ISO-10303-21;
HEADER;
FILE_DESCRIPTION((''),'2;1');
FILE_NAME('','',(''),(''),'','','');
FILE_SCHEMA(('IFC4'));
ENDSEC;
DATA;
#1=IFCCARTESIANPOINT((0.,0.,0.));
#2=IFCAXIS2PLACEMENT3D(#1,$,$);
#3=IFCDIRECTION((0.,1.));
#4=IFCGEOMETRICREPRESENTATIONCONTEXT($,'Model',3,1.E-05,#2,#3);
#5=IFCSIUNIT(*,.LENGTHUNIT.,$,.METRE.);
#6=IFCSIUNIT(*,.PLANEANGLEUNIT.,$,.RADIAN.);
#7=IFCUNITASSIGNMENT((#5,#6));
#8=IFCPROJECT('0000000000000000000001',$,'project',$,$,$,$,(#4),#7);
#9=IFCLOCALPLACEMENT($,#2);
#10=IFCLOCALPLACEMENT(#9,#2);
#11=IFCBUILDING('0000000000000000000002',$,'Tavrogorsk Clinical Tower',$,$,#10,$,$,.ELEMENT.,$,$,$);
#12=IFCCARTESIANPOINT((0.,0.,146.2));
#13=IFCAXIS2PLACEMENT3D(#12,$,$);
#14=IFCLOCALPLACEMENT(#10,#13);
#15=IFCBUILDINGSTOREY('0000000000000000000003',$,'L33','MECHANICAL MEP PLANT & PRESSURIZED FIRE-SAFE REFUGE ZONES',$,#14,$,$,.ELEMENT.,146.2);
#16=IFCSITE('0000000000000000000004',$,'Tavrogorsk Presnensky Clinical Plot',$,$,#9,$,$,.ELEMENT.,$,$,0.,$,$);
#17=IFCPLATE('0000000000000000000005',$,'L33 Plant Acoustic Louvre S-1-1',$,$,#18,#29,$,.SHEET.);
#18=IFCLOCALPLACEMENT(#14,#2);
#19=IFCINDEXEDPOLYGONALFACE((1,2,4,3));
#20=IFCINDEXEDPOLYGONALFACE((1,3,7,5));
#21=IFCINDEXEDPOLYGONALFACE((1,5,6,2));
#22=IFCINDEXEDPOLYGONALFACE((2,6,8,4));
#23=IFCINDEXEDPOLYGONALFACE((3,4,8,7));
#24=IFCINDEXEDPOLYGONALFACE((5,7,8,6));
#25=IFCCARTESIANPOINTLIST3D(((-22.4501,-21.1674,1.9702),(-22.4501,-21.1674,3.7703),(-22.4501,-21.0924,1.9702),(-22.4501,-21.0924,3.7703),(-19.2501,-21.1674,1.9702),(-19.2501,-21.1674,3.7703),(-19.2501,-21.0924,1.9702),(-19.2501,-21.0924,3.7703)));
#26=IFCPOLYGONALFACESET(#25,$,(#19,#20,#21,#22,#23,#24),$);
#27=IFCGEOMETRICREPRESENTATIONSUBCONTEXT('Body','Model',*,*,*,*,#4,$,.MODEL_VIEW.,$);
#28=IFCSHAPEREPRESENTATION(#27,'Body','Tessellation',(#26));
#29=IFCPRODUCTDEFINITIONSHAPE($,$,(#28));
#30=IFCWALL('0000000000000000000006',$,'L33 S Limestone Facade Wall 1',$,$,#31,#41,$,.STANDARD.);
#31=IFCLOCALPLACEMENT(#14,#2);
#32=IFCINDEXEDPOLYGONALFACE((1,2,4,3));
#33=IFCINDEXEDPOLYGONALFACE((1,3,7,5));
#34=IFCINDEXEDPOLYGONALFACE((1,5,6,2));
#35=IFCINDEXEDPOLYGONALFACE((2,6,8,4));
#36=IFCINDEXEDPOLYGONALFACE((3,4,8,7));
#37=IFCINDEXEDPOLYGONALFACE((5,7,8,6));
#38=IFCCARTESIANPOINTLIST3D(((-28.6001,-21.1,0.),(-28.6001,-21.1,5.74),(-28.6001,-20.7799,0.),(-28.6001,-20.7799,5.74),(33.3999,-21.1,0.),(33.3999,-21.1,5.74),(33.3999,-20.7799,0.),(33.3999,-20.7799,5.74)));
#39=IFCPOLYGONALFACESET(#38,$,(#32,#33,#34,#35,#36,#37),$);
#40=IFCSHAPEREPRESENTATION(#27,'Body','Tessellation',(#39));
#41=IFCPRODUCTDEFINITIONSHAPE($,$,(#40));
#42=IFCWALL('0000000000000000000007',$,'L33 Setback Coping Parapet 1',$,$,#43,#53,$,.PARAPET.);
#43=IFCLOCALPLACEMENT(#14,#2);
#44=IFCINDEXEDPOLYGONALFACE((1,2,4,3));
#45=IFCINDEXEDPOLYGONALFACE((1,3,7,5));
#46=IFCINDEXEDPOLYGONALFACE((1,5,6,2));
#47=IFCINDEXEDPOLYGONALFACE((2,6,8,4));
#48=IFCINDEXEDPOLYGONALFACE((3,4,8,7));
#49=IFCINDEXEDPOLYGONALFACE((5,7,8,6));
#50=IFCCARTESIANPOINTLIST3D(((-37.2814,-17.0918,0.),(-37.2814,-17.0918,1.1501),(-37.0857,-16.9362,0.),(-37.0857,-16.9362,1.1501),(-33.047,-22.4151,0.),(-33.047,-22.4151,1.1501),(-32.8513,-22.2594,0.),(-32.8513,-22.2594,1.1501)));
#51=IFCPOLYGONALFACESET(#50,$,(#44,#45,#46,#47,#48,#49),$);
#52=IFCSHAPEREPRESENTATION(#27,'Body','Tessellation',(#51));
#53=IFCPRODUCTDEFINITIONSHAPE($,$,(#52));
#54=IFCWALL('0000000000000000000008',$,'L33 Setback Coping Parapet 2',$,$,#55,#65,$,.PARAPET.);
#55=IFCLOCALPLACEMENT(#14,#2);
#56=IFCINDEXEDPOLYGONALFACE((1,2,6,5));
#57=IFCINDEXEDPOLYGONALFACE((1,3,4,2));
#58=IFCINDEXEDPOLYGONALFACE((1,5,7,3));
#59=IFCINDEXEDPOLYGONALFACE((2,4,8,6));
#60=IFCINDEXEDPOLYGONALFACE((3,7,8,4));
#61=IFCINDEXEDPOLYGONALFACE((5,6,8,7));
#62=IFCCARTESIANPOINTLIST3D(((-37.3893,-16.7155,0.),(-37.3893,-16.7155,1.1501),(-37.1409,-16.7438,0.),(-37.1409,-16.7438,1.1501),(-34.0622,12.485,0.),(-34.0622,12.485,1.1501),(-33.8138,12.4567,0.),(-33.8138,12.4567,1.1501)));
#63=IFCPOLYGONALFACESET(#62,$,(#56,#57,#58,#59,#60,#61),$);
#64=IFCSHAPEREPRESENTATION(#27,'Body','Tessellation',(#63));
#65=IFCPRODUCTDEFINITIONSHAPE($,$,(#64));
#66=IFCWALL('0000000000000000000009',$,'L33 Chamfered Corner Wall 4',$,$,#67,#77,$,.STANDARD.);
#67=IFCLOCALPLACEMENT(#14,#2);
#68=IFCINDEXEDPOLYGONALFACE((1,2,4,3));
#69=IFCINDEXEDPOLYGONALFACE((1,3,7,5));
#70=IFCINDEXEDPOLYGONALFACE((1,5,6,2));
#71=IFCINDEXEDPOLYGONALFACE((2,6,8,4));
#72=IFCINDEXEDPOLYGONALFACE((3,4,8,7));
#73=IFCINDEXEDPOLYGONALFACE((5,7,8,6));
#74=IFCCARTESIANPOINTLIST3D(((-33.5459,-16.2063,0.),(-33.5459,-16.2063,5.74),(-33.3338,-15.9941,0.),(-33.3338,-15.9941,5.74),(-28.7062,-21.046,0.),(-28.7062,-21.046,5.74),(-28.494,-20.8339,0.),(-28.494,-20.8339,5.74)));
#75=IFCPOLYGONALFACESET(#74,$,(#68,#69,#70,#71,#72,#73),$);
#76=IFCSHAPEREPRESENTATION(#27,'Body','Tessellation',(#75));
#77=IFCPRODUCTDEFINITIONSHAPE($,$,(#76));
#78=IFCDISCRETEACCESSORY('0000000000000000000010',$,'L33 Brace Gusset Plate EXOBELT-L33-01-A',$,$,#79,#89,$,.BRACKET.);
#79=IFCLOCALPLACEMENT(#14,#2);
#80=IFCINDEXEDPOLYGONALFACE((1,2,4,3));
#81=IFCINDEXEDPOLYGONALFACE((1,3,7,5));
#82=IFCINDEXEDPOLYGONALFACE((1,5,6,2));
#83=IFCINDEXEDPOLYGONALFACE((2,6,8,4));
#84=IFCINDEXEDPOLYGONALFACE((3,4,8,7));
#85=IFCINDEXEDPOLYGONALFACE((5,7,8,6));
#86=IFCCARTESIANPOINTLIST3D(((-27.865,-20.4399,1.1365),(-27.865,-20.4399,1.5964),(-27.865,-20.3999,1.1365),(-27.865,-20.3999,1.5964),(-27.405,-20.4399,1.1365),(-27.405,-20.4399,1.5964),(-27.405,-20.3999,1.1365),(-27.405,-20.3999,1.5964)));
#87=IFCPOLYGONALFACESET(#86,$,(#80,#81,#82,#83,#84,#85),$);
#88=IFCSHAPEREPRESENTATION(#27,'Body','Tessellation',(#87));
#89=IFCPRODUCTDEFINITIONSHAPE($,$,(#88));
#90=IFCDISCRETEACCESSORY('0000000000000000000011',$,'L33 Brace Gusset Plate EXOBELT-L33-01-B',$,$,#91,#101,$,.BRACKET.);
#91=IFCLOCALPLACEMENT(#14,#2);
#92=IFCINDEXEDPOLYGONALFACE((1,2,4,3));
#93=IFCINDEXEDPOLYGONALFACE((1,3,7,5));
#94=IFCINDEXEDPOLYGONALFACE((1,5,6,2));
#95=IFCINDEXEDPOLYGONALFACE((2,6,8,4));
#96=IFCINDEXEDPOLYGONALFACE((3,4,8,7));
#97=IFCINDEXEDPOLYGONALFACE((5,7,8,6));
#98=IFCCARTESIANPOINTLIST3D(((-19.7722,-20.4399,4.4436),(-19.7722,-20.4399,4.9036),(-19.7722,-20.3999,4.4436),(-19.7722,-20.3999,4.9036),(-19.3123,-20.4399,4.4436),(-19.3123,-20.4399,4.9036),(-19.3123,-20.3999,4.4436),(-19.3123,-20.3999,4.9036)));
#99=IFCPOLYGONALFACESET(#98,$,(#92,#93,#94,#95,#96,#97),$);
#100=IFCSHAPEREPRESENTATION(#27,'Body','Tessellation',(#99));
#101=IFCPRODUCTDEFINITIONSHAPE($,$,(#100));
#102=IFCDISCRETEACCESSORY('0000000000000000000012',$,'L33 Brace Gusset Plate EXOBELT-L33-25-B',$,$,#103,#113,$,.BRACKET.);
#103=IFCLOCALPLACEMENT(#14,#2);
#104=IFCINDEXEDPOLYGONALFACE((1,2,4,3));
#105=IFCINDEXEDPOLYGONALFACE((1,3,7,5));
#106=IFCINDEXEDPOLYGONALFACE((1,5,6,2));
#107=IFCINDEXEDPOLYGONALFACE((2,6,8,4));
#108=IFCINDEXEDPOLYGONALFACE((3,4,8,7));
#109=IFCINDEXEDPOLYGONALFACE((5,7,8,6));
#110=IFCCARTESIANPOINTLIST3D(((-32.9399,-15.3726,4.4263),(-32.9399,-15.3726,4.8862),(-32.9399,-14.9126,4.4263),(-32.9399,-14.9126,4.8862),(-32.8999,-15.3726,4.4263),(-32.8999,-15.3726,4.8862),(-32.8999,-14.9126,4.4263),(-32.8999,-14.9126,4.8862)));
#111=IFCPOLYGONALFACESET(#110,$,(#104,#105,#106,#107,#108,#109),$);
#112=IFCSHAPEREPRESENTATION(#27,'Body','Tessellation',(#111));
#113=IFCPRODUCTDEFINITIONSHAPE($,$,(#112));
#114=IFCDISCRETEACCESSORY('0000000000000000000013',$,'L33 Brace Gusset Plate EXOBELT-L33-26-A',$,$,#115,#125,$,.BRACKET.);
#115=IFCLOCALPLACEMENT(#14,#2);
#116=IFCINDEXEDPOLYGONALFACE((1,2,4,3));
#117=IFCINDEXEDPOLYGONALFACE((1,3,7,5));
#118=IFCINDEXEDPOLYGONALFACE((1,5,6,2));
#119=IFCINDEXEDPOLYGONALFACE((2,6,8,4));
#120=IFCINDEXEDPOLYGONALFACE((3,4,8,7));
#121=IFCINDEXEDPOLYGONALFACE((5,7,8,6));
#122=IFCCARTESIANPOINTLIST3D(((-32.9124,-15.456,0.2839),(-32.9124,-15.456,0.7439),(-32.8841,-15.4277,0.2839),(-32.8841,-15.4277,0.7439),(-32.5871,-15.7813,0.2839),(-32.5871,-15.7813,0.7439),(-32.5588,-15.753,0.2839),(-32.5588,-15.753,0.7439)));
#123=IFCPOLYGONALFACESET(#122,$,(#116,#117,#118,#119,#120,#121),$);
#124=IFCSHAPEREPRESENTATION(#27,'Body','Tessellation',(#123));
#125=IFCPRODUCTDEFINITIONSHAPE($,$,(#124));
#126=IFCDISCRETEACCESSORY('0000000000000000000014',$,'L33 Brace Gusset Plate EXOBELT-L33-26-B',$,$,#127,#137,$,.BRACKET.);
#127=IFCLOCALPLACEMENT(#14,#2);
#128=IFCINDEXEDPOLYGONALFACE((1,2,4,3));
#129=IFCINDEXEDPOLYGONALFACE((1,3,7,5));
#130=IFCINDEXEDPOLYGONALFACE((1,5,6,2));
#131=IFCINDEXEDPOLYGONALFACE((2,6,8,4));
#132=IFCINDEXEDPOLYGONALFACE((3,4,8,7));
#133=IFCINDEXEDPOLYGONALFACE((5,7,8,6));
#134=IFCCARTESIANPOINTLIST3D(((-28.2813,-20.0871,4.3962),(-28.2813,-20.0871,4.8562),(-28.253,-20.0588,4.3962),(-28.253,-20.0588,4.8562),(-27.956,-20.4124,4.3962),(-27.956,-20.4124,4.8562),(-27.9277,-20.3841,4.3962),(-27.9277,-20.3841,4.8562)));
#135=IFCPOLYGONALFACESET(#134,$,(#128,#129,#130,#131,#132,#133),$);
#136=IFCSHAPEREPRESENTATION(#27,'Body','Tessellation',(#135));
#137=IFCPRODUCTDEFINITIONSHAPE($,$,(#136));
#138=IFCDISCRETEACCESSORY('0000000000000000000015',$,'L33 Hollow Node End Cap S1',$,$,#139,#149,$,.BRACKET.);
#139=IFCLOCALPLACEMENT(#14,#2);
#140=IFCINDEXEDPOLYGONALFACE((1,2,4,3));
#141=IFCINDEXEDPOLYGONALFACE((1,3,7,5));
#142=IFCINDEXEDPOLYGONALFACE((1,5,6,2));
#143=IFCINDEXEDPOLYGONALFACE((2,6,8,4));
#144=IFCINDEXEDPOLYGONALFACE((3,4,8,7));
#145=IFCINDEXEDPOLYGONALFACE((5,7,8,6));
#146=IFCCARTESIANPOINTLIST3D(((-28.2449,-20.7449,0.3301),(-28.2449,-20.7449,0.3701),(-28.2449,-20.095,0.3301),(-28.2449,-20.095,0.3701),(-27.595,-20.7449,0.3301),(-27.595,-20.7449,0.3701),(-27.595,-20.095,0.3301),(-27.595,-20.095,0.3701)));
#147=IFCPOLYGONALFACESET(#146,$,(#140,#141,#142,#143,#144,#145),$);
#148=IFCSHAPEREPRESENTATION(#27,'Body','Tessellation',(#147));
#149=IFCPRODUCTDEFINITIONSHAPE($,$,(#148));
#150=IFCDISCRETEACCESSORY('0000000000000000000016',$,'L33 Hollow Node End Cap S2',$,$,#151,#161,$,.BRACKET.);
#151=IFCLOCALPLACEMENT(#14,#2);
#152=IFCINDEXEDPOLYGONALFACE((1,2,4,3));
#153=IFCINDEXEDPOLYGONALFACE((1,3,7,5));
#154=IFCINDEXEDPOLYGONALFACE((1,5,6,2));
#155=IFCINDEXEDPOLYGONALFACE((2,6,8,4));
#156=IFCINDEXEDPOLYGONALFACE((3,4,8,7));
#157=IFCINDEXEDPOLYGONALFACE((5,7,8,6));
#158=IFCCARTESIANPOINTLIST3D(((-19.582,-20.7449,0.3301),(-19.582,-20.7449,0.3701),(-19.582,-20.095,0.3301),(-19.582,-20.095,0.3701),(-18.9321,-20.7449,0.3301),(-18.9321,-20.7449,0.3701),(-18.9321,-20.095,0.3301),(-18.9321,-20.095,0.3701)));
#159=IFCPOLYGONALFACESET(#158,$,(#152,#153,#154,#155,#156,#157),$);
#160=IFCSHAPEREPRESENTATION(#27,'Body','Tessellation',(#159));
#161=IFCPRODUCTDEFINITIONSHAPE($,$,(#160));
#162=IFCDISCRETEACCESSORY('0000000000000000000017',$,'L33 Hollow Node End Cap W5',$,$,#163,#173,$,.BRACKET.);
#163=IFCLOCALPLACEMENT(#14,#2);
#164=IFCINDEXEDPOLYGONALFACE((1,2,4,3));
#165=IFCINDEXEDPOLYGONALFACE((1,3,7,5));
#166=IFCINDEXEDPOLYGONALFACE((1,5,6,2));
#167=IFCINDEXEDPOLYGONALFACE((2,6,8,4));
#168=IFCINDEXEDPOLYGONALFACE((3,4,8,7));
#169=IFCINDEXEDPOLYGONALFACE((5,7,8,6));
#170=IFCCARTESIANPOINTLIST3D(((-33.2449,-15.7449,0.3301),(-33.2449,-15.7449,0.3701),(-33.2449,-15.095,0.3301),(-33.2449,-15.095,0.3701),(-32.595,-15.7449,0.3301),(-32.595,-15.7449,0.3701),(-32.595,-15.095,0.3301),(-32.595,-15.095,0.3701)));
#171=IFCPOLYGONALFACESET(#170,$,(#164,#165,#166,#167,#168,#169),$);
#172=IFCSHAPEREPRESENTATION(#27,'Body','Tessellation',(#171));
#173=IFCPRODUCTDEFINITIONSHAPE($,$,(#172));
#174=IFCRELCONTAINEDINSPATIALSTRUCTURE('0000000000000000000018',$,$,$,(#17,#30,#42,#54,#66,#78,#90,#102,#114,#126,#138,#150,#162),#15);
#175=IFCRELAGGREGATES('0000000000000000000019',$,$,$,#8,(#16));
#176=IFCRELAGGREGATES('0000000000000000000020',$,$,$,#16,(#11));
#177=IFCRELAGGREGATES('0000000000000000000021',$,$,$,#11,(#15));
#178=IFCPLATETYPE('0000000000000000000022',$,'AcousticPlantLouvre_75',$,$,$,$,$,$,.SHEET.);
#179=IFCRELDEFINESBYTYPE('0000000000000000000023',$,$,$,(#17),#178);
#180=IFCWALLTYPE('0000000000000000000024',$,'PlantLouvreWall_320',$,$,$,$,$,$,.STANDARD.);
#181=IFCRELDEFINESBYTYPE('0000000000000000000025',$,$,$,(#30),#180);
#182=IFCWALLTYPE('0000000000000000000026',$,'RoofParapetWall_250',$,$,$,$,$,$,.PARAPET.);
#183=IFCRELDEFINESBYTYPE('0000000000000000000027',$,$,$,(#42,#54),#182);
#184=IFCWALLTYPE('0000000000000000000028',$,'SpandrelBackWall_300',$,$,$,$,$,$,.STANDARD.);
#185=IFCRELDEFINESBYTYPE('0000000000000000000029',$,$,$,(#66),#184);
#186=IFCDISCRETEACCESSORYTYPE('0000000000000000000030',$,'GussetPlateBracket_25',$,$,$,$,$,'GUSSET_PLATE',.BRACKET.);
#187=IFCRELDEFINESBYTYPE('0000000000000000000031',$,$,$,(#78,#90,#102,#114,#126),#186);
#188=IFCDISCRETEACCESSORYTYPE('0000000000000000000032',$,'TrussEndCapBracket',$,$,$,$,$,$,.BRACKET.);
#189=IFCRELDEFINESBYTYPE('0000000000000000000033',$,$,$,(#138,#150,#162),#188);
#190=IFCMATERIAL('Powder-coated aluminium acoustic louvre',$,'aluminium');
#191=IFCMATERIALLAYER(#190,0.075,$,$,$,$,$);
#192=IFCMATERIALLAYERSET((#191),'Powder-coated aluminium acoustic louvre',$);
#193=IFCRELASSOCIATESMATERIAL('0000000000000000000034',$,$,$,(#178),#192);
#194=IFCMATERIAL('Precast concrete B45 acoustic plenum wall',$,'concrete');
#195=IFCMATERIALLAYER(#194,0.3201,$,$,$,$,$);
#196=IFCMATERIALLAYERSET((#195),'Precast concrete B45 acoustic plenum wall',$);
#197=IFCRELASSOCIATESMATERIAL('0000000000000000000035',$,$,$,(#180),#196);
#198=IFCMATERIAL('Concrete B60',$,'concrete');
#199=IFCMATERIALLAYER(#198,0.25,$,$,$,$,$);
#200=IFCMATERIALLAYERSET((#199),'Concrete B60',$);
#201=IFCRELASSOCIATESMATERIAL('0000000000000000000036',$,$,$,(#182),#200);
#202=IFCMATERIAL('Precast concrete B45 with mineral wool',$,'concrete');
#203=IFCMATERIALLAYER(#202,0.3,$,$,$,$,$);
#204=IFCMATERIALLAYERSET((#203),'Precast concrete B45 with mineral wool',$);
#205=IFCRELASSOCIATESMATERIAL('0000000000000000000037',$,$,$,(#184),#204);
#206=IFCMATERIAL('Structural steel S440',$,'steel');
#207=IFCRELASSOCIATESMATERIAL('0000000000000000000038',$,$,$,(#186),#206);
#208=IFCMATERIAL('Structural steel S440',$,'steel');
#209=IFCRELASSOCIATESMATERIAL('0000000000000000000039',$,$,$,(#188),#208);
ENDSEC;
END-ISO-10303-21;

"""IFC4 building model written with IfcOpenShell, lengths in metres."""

from ifc_helpers import new_model, si_unit, direction, frame, frame_2d, origin, origin_2d, place, context, subcontext, project, spatial, rectangle, extrude, material, layer, layer_set, type_object, element, save


model = new_model("IFC4")

# Units and contexts
model_context = context("Model", 3, precision=1e-05, world=origin(), true_north=direction((0.0, 1.0)))
body_context = subcontext(model_context, "Body", "Model", "MODEL_VIEW")
ifc_project = project(units=[si_unit("LENGTHUNIT", "METRE"), si_unit("PLANEANGLEUNIT", "RADIAN")], contexts=[model_context])

# Site, building, storey
site_placement = place(None, origin())
site = spatial("IfcSite", under=ifc_project, at=site_placement, Name="Tavrogorsk Presnensky Clinical Plot", CompositionType="ELEMENT", RefElevation=0.0)
building_placement = place(site_placement, origin())
building = spatial("IfcBuilding", under=site, at=building_placement, Name="Tavrogorsk Clinical Tower", CompositionType="ELEMENT")
storey_placement = place(building_placement, frame((0.0, 0.0, 146.2)))
storey = spatial("IfcBuildingStorey", under=building, at=storey_placement, Name="L33", Description="MECHANICAL MEP PLANT & PRESSURIZED FIRE-SAFE REFUGE ZONES", CompositionType="ELEMENT", Elevation=146.2)

# Plate
ifc_material_1 = material(Name="Powder-coated aluminium acoustic louvre", Category="aluminium")
ifc_layer_1 = layer(ifc_material_1, 0.075)
ifc_layer_set_1 = layer_set([ifc_layer_1], Name="Powder-coated aluminium acoustic louvre")
plate_type = type_object("IfcPlateType", Name="AcousticPlantLouvre_75", PredefinedType="SHEET", material=ifc_layer_set_1)
plate_placement = place(storey_placement, frame((-20.8501, -21.1299, 1.9702), z_axis=(0.0, 0.0, 1.0), x_axis=(1.0, 0.0, 0.0)))
element("IfcPlate", 1, at=plate_placement, inside=storey, type_object=plate_type, Name="L33 Plant Acoustic Louvre S-1-1", PredefinedType="SHEET", context=body_context, shape_type="SweptSolid", body=[
    extrude(rectangle(XDim=3.2, YDim=0.075, at=origin_2d()), origin(), (0.0, 0.0, 1.0), 1.8),
])

# Walls
ifc_material_2 = material(Name="Precast concrete B45 acoustic plenum wall", Category="concrete")
ifc_layer_2 = layer(ifc_material_2, 0.3201)
ifc_layer_set_2 = layer_set([ifc_layer_2], Name="Precast concrete B45 acoustic plenum wall")
wall_type_1 = type_object("IfcWallType", Name="PlantLouvreWall_320", PredefinedType="STANDARD", material=ifc_layer_set_2)
wall_1_placement = place(storey_placement, frame((-28.6001, -20.9399, 0.0), z_axis=(0.0, 0.0, 1.0), x_axis=(1.0, 0.0, 0.0)))
element("IfcWall", 2, at=wall_1_placement, inside=storey, type_object=wall_type_1, Name="L33 S Limestone Facade Wall 1", PredefinedType="STANDARD", context=body_context, shape_type="SweptSolid", body=[
    extrude(rectangle(XDim=62.0, YDim=0.3201, at=frame_2d((31.0, 0.0))), origin(), (0.0, 0.0, 1.0), 5.74),
])
ifc_material_3 = material(Name="Concrete B60", Category="concrete")
ifc_layer_3 = layer(ifc_material_3, 0.25)
ifc_layer_set_3 = layer_set([ifc_layer_3], Name="Concrete B60")
wall_type_2 = type_object("IfcWallType", Name="RoofParapetWall_250", PredefinedType="PARAPET", material=ifc_layer_set_3)
wall_2_placement = place(storey_placement, frame((-32.9492, -22.3372, 0.0), z_axis=(0.0, 0.0, 1.0), x_axis=(-0.622522, 0.782603, 0.0)))
element("IfcWall", 3, at=wall_2_placement, inside=storey, type_object=wall_type_2, Name="L33 Setback Coping Parapet 1", PredefinedType="PARAPET", context=body_context, shape_type="SweptSolid", body=[
    extrude(rectangle(XDim=6.802, YDim=0.25, at=frame_2d((3.4009, 0.0))), origin(), (0.0, 0.0, 1.0), 1.1501),
])
wall_3_placement = place(storey_placement, frame((-37.2651, -16.7297, 0.0), z_axis=(0.0, 0.0, 1.0), x_axis=(0.113209, 0.993571, 0.0)))
element("IfcWall", 4, at=wall_3_placement, inside=storey, type_object=wall_type_2, Name="L33 Setback Coping Parapet 2", PredefinedType="PARAPET", context=body_context, shape_type="SweptSolid", body=[
    extrude(rectangle(XDim=29.3894, YDim=0.25, at=frame_2d((14.6948, 0.0))), origin(), (0.0, 0.0, 1.0), 1.1501),
])
ifc_material_4 = material(Name="Precast concrete B45 with mineral wool", Category="concrete")
ifc_layer_4 = layer(ifc_material_4, 0.3)
ifc_layer_set_4 = layer_set([ifc_layer_4], Name="Precast concrete B45 with mineral wool")
wall_type_3 = type_object("IfcWallType", Name="SpandrelBackWall_300", PredefinedType="STANDARD", material=ifc_layer_set_4)
wall_4_placement = place(storey_placement, frame((-33.4399, -16.1001, 0.0), z_axis=(0.0, 0.0, 1.0), x_axis=(0.707107, -0.707107, 0.0)))
element("IfcWall", 5, at=wall_4_placement, inside=storey, type_object=wall_type_3, Name="L33 Chamfered Corner Wall 4", PredefinedType="STANDARD", context=body_context, shape_type="SweptSolid", body=[
    extrude(rectangle(XDim=6.8445, YDim=0.3, at=frame_2d((3.4224, 0.0))), origin(), (0.0, 0.0, 1.0), 5.74),
])

# Discrete accessories
ifc_material_5 = material(Name="Structural steel S440", Category="steel")
discrete_accessory_type_1 = type_object("IfcDiscreteAccessoryType", Name="GussetPlateBracket_25", ElementType="GUSSET_PLATE", PredefinedType="BRACKET", material=ifc_material_5)
for number, where, z_axis, x_axis, name in (
    (6, (-27.635, -20.4199, 1.1365), (0.0, 0.0, 1.0), (1.0, 0.0, 0.0), "L33 Brace Gusset Plate EXOBELT-L33-01-A"),
    (7, (-19.5422, -20.4199, 4.4436), (0.0, 0.0, 1.0), (1.0, 0.0, 0.0), "L33 Brace Gusset Plate EXOBELT-L33-01-B"),
    (8, (-32.9199, -15.1426, 4.4263), (0.0, 0.0, 1.0), (0.0, -1.0, 0.0), "L33 Brace Gusset Plate EXOBELT-L33-25-B"),
    (9, (-32.7356, -15.6045, 0.2839), (0.0, 0.0, 1.0), (0.707107, -0.707107, 0.0), "L33 Brace Gusset Plate EXOBELT-L33-26-A"),
    (10, (-28.1045, -20.2356, 4.3962), (0.0, 0.0, 1.0), (0.707107, -0.707107, 0.0), "L33 Brace Gusset Plate EXOBELT-L33-26-B"),
):
    element("IfcDiscreteAccessory", number, at=place(storey_placement, frame(where, z_axis=z_axis, x_axis=x_axis)), inside=storey, type_object=discrete_accessory_type_1, Name=name, PredefinedType="BRACKET", context=body_context, shape_type="SweptSolid", body=[
        extrude(rectangle(XDim=0.46, YDim=0.04, at=origin_2d()), origin(), (0.0, 0.0, 1.0), 0.46),
    ])
ifc_material_6 = material(Name="Structural steel S440", Category="steel")
discrete_accessory_type_2 = type_object("IfcDiscreteAccessoryType", Name="TrussEndCapBracket", PredefinedType="BRACKET", material=ifc_material_6)
for number, where, z_axis, x_axis, name in (
    (11, (-27.9199, -20.4199, 0.3301), (0.0, 0.0, 1.0), (1.0, 0.0, 0.0), "L33 Hollow Node End Cap S1"),
    (12, (-19.2571, -20.4199, 0.3301), (0.0, 0.0, 1.0), (1.0, 0.0, 0.0), "L33 Hollow Node End Cap S2"),
    (13, (-32.9199, -15.4199, 0.3301), (0.0, 0.0, 1.0), (1.0, 0.0, 0.0), "L33 Hollow Node End Cap W5"),
):
    element("IfcDiscreteAccessory", number, at=place(storey_placement, frame(where, z_axis=z_axis, x_axis=x_axis)), inside=storey, type_object=discrete_accessory_type_2, Name=name, PredefinedType="BRACKET", context=body_context, shape_type="SweptSolid", body=[
        extrude(rectangle(XDim=0.6499, YDim=0.6499, at=origin_2d()), origin(), (0.0, 0.0, 1.0), 0.04),
    ])

save(model, "model.ifc")
